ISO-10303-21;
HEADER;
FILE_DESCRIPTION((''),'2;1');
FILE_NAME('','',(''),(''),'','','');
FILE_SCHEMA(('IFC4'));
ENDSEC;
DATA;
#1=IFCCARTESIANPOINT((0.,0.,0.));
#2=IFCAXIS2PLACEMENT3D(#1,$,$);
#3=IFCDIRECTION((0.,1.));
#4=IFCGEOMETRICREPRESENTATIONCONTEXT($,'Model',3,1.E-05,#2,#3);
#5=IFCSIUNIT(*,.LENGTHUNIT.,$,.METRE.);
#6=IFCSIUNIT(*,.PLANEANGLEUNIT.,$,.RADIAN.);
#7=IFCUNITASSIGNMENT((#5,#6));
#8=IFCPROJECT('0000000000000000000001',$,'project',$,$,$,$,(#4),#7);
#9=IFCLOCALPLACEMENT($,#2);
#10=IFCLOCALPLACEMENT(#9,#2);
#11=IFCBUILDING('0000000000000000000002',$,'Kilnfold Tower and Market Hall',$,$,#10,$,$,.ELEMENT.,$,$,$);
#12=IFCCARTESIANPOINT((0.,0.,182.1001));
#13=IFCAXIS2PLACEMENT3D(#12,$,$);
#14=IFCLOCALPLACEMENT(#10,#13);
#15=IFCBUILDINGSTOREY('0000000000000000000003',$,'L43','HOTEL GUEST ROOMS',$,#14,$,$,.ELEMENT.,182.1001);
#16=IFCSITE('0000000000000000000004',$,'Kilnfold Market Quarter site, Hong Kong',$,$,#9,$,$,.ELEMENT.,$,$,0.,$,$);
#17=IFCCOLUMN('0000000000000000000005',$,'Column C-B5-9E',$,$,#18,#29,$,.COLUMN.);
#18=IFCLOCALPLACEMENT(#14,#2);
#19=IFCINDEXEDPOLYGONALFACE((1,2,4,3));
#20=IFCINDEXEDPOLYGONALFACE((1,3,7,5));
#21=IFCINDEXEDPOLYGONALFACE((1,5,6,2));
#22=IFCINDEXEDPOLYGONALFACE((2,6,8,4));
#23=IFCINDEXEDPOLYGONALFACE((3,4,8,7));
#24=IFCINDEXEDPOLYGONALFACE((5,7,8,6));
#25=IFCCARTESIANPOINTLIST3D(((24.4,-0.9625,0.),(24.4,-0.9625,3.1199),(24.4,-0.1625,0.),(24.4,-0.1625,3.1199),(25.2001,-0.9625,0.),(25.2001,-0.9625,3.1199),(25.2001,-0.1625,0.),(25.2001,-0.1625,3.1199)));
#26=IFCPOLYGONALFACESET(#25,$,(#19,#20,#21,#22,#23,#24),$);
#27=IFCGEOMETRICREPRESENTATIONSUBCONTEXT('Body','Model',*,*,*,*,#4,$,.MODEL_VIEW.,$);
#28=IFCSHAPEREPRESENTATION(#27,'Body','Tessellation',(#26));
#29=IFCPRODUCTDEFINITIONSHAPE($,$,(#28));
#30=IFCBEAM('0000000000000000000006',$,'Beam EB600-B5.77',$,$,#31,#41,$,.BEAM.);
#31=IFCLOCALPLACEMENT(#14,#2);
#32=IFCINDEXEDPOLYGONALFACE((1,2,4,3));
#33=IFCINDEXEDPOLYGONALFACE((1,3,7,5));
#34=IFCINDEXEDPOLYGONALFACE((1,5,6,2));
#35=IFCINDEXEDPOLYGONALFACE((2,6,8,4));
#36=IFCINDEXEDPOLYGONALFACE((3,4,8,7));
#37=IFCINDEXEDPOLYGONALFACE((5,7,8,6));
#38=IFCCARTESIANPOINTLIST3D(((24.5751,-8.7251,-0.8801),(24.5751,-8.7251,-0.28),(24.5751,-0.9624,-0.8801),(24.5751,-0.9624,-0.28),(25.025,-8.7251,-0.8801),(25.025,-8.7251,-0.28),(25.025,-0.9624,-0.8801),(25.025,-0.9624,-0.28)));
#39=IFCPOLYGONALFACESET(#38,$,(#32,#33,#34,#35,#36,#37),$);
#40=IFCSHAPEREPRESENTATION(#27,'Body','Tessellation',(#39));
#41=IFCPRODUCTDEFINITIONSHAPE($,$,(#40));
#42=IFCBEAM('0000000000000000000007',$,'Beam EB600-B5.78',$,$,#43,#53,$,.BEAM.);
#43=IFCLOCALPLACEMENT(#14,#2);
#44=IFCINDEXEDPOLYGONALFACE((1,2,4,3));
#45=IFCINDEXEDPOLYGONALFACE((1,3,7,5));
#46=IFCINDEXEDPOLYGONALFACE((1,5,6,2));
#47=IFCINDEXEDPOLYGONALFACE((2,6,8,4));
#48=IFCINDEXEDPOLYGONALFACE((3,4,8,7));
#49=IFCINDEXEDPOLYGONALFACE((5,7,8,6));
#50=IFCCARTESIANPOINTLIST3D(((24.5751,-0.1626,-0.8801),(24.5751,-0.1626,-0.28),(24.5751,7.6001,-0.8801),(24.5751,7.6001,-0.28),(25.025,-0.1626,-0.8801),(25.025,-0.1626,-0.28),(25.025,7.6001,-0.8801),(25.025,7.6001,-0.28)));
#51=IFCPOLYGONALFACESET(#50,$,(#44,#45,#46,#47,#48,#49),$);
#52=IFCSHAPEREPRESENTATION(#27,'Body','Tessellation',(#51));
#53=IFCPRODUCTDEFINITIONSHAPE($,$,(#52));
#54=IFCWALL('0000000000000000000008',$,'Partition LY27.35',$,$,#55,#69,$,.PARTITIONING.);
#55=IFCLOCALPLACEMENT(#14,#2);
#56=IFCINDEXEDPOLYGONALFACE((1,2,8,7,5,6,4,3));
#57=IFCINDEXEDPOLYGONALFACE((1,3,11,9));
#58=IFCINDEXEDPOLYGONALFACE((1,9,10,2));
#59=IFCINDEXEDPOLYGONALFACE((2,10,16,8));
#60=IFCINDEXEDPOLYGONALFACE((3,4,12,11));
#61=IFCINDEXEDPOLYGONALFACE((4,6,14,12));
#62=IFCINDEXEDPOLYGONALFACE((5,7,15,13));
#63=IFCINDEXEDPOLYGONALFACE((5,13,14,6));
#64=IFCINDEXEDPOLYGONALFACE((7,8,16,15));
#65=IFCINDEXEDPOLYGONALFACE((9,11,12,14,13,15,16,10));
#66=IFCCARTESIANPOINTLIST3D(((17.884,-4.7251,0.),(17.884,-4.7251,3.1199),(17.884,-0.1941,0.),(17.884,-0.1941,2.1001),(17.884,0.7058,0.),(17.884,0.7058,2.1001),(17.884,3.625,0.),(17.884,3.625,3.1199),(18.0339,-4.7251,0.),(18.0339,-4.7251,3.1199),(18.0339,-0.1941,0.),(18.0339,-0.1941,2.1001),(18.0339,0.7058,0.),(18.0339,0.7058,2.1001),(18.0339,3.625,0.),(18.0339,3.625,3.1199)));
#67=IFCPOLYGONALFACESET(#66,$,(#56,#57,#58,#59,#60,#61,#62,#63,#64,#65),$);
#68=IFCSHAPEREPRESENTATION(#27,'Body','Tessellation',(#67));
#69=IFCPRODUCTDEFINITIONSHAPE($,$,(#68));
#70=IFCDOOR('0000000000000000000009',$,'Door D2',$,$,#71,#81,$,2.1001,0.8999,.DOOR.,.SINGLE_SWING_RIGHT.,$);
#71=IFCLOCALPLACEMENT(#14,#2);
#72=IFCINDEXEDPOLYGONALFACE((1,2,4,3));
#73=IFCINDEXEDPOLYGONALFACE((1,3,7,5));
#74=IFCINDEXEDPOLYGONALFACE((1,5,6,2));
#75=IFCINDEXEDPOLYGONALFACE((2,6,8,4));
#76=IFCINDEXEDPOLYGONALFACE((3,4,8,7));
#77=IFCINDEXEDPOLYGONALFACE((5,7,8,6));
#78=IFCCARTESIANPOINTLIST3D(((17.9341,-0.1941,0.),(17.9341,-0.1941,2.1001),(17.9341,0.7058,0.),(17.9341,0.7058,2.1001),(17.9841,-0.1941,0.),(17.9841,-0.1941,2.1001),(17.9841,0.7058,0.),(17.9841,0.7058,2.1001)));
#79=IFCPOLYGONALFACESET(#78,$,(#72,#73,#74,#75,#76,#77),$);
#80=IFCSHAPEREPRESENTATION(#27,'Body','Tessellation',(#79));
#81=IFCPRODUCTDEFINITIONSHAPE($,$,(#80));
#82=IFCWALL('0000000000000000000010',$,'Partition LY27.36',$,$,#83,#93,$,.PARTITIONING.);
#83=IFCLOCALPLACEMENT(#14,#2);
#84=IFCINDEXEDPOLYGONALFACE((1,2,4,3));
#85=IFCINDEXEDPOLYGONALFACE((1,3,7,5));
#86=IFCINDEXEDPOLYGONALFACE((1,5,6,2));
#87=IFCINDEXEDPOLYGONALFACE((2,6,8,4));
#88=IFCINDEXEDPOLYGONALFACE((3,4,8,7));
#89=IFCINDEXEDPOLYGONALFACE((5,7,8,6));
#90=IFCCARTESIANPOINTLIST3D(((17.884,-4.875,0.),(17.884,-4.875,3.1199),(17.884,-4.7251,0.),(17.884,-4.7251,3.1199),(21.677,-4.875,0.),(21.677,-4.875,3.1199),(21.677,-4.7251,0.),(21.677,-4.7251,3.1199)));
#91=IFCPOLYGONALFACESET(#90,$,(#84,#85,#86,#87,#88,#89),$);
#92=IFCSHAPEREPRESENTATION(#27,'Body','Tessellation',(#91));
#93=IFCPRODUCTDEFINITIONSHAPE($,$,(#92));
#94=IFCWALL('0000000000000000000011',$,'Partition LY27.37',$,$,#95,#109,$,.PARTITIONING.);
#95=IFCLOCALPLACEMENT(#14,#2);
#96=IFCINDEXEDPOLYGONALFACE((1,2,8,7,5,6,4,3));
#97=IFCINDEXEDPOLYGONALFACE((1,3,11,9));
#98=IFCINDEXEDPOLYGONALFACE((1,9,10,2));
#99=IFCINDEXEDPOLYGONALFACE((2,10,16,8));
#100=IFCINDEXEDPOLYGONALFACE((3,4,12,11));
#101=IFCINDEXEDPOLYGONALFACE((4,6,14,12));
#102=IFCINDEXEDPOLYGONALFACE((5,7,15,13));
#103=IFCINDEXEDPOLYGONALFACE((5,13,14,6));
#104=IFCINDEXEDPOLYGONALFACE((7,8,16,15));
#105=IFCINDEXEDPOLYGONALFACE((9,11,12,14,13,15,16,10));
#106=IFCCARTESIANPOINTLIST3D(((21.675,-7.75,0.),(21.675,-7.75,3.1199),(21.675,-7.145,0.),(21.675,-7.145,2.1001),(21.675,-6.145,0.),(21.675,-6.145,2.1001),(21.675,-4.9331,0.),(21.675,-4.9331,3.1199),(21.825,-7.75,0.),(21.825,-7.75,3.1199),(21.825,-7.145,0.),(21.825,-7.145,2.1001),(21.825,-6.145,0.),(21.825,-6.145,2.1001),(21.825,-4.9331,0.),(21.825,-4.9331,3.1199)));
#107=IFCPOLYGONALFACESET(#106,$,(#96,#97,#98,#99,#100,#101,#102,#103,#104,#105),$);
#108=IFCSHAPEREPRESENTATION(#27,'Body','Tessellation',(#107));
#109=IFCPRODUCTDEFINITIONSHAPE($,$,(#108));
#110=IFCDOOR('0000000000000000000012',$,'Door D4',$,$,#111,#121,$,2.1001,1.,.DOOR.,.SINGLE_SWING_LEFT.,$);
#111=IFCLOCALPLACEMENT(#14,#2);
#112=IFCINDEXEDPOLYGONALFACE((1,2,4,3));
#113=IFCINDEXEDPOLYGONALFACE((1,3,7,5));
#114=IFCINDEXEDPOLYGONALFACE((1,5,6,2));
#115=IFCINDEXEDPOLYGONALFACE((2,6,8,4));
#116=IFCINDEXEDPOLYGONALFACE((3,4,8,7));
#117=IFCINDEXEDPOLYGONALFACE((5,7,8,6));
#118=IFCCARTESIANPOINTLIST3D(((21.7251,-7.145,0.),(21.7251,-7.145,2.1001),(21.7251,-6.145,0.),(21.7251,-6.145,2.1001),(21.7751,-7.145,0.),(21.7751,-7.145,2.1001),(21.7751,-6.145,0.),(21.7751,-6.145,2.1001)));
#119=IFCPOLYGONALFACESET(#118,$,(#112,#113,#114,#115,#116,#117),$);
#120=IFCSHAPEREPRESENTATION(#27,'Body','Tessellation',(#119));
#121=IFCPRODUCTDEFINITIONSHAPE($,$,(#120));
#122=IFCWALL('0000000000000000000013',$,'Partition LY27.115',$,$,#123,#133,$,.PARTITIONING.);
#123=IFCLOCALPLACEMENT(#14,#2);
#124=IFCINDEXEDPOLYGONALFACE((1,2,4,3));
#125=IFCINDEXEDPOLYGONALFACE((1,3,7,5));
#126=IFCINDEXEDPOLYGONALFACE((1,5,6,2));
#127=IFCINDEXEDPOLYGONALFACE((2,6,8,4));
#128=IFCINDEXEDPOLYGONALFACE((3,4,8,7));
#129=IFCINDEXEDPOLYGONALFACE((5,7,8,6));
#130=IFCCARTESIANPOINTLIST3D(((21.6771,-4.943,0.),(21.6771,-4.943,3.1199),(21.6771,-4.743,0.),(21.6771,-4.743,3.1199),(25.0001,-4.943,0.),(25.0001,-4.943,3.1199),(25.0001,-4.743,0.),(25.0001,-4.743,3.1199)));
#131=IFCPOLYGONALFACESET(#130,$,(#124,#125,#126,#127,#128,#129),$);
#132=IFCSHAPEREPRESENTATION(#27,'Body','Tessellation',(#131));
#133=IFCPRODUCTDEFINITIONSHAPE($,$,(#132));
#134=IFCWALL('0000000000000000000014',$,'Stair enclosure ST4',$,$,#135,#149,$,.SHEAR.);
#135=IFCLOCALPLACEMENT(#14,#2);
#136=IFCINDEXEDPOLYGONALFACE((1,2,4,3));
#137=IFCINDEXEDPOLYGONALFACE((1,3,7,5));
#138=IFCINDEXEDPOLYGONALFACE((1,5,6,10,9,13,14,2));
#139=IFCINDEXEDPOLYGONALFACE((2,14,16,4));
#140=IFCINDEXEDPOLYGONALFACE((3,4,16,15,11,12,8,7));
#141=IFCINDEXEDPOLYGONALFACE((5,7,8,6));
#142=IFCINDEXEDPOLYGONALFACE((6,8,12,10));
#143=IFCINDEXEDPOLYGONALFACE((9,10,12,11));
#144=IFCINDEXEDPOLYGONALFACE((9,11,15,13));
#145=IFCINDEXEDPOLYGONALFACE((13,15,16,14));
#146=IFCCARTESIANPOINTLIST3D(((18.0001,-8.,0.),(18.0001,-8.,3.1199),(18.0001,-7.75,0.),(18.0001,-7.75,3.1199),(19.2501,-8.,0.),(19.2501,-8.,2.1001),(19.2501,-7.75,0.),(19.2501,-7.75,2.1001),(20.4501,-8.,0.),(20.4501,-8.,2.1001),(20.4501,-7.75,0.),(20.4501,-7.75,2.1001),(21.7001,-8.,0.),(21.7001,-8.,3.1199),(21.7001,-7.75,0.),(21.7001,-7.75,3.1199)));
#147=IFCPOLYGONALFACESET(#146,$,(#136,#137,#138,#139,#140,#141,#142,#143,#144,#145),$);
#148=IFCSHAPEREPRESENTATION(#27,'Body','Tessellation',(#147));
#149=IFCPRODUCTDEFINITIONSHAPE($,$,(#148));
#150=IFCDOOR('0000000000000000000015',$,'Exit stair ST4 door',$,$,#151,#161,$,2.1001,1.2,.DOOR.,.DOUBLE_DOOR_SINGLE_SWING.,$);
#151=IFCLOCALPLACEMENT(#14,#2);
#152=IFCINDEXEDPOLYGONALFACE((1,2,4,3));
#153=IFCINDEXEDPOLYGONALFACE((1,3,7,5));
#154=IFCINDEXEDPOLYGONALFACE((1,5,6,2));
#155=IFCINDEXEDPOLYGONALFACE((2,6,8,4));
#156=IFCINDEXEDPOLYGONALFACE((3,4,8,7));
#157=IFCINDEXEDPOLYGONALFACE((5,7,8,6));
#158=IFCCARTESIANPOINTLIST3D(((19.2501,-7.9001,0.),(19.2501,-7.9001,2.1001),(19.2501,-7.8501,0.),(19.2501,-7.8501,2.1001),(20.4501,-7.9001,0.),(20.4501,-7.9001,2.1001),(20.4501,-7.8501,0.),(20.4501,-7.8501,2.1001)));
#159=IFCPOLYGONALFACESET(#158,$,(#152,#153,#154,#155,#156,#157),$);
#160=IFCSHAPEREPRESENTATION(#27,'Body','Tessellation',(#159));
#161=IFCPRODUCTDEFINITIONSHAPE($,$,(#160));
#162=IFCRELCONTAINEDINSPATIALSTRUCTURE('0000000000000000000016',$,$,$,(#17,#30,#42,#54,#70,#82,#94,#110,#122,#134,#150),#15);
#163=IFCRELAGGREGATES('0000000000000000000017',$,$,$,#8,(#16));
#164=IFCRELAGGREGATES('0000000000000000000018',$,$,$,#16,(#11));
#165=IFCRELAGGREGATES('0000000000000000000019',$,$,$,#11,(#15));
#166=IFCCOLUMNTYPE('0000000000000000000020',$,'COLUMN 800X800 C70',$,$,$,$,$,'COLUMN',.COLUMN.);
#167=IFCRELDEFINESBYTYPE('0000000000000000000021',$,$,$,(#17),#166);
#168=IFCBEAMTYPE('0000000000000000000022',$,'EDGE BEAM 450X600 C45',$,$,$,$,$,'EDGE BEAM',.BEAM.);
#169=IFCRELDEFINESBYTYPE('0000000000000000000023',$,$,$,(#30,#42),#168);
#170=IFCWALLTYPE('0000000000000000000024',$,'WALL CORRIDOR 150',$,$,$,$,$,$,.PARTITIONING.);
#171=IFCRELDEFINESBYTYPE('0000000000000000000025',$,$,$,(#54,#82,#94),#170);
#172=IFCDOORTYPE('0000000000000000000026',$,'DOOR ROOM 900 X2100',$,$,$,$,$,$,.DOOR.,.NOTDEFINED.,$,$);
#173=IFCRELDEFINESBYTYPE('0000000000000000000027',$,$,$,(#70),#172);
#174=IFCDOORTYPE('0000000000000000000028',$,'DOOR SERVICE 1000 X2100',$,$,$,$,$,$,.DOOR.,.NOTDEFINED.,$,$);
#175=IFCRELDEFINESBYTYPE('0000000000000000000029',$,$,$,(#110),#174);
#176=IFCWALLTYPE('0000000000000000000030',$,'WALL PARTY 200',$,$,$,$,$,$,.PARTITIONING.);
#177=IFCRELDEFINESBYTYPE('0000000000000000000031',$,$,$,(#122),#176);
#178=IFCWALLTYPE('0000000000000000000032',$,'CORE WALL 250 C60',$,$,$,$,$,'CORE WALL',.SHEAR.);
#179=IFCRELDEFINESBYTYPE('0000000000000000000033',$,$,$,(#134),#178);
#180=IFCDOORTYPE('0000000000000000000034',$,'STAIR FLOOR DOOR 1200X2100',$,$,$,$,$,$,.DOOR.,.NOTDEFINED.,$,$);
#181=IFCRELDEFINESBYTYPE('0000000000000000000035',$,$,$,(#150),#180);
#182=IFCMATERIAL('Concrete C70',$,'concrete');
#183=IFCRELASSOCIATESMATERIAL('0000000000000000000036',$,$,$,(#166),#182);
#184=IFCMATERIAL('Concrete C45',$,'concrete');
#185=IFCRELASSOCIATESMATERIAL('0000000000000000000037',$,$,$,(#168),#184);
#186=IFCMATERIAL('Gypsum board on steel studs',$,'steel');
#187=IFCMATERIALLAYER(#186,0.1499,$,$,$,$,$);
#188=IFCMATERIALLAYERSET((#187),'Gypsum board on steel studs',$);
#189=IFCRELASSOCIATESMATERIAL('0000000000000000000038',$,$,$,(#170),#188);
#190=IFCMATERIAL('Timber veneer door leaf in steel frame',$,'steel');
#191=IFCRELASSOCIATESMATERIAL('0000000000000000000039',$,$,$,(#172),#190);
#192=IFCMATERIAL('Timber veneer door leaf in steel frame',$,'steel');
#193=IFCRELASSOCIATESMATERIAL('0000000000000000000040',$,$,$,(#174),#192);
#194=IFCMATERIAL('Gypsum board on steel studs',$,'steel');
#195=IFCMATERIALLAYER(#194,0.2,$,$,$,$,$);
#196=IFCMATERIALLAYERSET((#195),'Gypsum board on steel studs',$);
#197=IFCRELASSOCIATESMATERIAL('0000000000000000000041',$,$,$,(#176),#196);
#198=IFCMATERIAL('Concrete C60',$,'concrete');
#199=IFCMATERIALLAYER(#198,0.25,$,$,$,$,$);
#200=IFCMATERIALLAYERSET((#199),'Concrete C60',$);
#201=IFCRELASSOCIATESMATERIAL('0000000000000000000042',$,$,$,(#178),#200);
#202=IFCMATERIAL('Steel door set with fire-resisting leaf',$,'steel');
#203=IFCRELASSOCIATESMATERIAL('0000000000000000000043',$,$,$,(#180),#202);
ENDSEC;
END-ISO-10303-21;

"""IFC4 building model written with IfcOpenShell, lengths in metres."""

from ifc_helpers import new_model, si_unit, direction, frame, frame_2d, origin, origin_2d, place, context, subcontext, project, spatial, rectangle, extrude, source, transform, mapped, material, layer, layer_set, material_profile, profile_set, type_object, element, fill, save


model = new_model("IFC4")

# Units and contexts
model_context = context("Model", 3, precision=1e-05, world=origin(), true_north=direction((0.0, 1.0)))
body_context = subcontext(model_context, "Body", "Model", "MODEL_VIEW")
ifc_project = project(units=[si_unit("LENGTHUNIT", "METRE"), si_unit("PLANEANGLEUNIT", "RADIAN")], contexts=[model_context])

# Site, building, storey
site_placement = place(None, origin())
site = spatial("IfcSite", under=ifc_project, at=site_placement, Name="Kilnfold Market Quarter site, Hong Kong", CompositionType="ELEMENT", RefElevation=0.0)
building_placement = place(site_placement, origin())
building = spatial("IfcBuilding", under=site, at=building_placement, Name="Kilnfold Tower and Market Hall", CompositionType="ELEMENT")
storey_placement = place(building_placement, frame((0.0, 0.0, 182.1001)))
storey = spatial("IfcBuildingStorey", under=building, at=storey_placement, Name="L43", Description="HOTEL GUEST ROOMS", CompositionType="ELEMENT", Elevation=182.1001)

# Column
ifc_material_1 = material(Name="Concrete C70", Category="concrete")
ifc_material_profile_1 = material_profile(ifc_material_1, rectangle(XDim=0.8, YDim=0.8, at=origin_2d()), Name="RC 800x800")
ifc_profile_set_1 = profile_set([ifc_material_profile_1], Name="Concrete C70")
column_type = type_object("IfcColumnType", Name="COLUMN 800X800 C70", ElementType="COLUMN", PredefinedType="COLUMN", material=ifc_profile_set_1)
shared_shape_1 = source(origin(), body_context, "Body", "SweptSolid", [
    extrude(rectangle(XDim=0.8, YDim=0.8, at=origin_2d()), origin(), (0.0, 0.0, 1.0), 3.1199),
])
column_placement = place(storey_placement, frame((24.8, -0.5625, 0.0), z_axis=(0.0, 0.0, 1.0), x_axis=(1.0, 0.0, 0.0)))
element("IfcColumn", 1, at=column_placement, inside=storey, type_object=column_type, Name="Column C-B5-9E", PredefinedType="COLUMN", context=body_context, shape_type="MappedRepresentation", body=[
    mapped(shared_shape_1, transform((0.0, 0.0, 0.0))),
])

# Beams
ifc_material_2 = material(Name="Concrete C45", Category="concrete")
ifc_material_profile_2 = material_profile(ifc_material_2, rectangle(XDim=0.45, YDim=0.6001, at=origin_2d()), Name="RC 450x600")
ifc_profile_set_2 = profile_set([ifc_material_profile_2], Name="Concrete C45")
beam_type = type_object("IfcBeamType", Name="EDGE BEAM 450X600 C45", ElementType="EDGE BEAM", PredefinedType="BEAM", material=ifc_profile_set_2)
shared_shape_2 = source(origin(), body_context, "Body", "SweptSolid", [
    extrude(rectangle(XDim=0.45, YDim=0.6001, at=origin_2d()), origin(), (0.0, 0.0, 1.0), 7.7627),
])
for number, where, z_axis, x_axis, name in (
    (2, (24.8, -8.7251, -0.5801), (0.0, 1.0, 0.0), (-1.0, 0.0, 0.0), "Beam EB600-B5.77"),
    (3, (24.8, -0.1626, -0.5801), (0.0, 1.0, 0.0), (-1.0, 0.0, 0.0), "Beam EB600-B5.78"),
):
    element("IfcBeam", number, at=place(storey_placement, frame(where, z_axis=z_axis, x_axis=x_axis)), inside=storey, type_object=beam_type, Name=name, PredefinedType="BEAM", context=body_context, shape_type="MappedRepresentation", body=[
        mapped(shared_shape_2, transform((0.0, 0.0, 0.0))),
    ])

# Wall, opening, door
ifc_material_3 = material(Name="Gypsum board on steel studs", Category="steel")
ifc_layer_1 = layer(ifc_material_3, 0.1499)
ifc_layer_set_1 = layer_set([ifc_layer_1], Name="Gypsum board on steel studs")
wall_type_1 = type_object("IfcWallType", Name="WALL CORRIDOR 150", PredefinedType="PARTITIONING", material=ifc_layer_set_1)
wall_1_placement = place(storey_placement, frame((17.959, -4.7251, 0.0), z_axis=(0.0, 0.0, 1.0), x_axis=(0.0, 1.0, 0.0)))
wall_1 = element("IfcWall", 4, at=wall_1_placement, inside=storey, type_object=wall_type_1, Name="Partition LY27.35", PredefinedType="PARTITIONING", context=body_context, shape_type="SweptSolid", body=[
    extrude(rectangle(XDim=8.3501, YDim=0.1499, at=frame_2d((4.175, 0.0))), origin(), (0.0, 0.0, 1.0), 3.1199),
])
opening_1_placement = place(wall_1_placement, frame((4.531, 0.0, 0.0)))
opening_1 = element("IfcOpeningElement", 5, at=opening_1_placement, cuts=wall_1, PredefinedType="OPENING", context=body_context, shape_type="SweptSolid", body=[
    extrude(rectangle(XDim=0.8999, YDim=2.1001, at=frame_2d((0.45, 1.05))), frame((0.0, 0.085, 0.0), z_axis=(0.0, -1.0, 0.0), x_axis=(1.0, 0.0, 0.0)), (0.0, 0.0, 1.0), 0.1699),
])
ifc_material_4 = material(Name="Timber veneer door leaf in steel frame", Category="steel")
door_type_1 = type_object("IfcDoorType", Name="DOOR ROOM 900 X2100", OperationType="NOTDEFINED", PredefinedType="DOOR", material=ifc_material_4)
door_1_placement = place(opening_1_placement, origin())
door_1 = element("IfcDoor", 6, at=door_1_placement, inside=storey, type_object=door_type_1, Name="Door D2", OperationType="SINGLE_SWING_RIGHT", OverallHeight=2.1001, OverallWidth=0.8999, PredefinedType="DOOR", context=body_context, shape_type="SweptSolid", body=[
    extrude(rectangle(XDim=0.8999, YDim=2.1001, at=frame_2d((0.45, 1.05))), frame((0.0, 0.0249, 0.0), z_axis=(0.0, -1.0, 0.0), x_axis=(1.0, 0.0, 0.0)), (0.0, 0.0, 1.0), 0.05),
])
fill(opening_1, door_1)

# Wall
wall_2_placement = place(storey_placement, frame((17.884, -4.8, 0.0), z_axis=(0.0, 0.0, 1.0), x_axis=(1.0, 0.0, 0.0)))
element("IfcWall", 7, at=wall_2_placement, inside=storey, type_object=wall_type_1, Name="Partition LY27.36", PredefinedType="PARTITIONING", context=body_context, shape_type="SweptSolid", body=[
    extrude(rectangle(XDim=3.793, YDim=0.1499, at=frame_2d((1.8965, 0.0))), origin(), (0.0, 0.0, 1.0), 3.1199),
])

# Wall, opening, door
wall_3_placement = place(storey_placement, frame((21.75, -7.75, 0.0), z_axis=(0.0, 0.0, 1.0), x_axis=(0.0, 1.0, 0.0)))
wall_3 = element("IfcWall", 8, at=wall_3_placement, inside=storey, type_object=wall_type_1, Name="Partition LY27.37", PredefinedType="PARTITIONING", context=body_context, shape_type="SweptSolid", body=[
    extrude(rectangle(XDim=2.8169, YDim=0.1499, at=frame_2d((1.4084, 0.0))), origin(), (0.0, 0.0, 1.0), 3.1199),
])
opening_2_placement = place(wall_3_placement, frame((0.605, 0.0, 0.0)))
opening_2 = element("IfcOpeningElement", 9, at=opening_2_placement, cuts=wall_3, PredefinedType="OPENING", context=body_context, shape_type="SweptSolid", body=[
    extrude(rectangle(XDim=1.0, YDim=2.1001, at=frame_2d((0.5, 1.05))), frame((0.0, 0.085, 0.0), z_axis=(0.0, -1.0, 0.0), x_axis=(1.0, 0.0, 0.0)), (0.0, 0.0, 1.0), 0.1699),
])
ifc_material_5 = material(Name="Timber veneer door leaf in steel frame", Category="steel")
door_type_2 = type_object("IfcDoorType", Name="DOOR SERVICE 1000 X2100", OperationType="NOTDEFINED", PredefinedType="DOOR", material=ifc_material_5)
door_2_placement = place(opening_2_placement, origin())
door_2 = element("IfcDoor", 10, at=door_2_placement, inside=storey, type_object=door_type_2, Name="Door D4", OperationType="SINGLE_SWING_LEFT", OverallHeight=2.1001, OverallWidth=1.0, PredefinedType="DOOR", context=body_context, shape_type="SweptSolid", body=[
    extrude(rectangle(XDim=1.0, YDim=2.1001, at=frame_2d((0.5, 1.05))), frame((0.0, 0.0249, 0.0), z_axis=(0.0, -1.0, 0.0), x_axis=(1.0, 0.0, 0.0)), (0.0, 0.0, 1.0), 0.05),
])
fill(opening_2, door_2)

# Wall
ifc_material_6 = material(Name="Gypsum board on steel studs", Category="steel")
ifc_layer_2 = layer(ifc_material_6, 0.2)
ifc_layer_set_2 = layer_set([ifc_layer_2], Name="Gypsum board on steel studs")
wall_type_2 = type_object("IfcWallType", Name="WALL PARTY 200", PredefinedType="PARTITIONING", material=ifc_layer_set_2)
wall_4_placement = place(storey_placement, frame((21.677, -4.843, 0.0), z_axis=(0.0, 0.0, 1.0), x_axis=(1.0, 0.0, 0.0)))
element("IfcWall", 11, at=wall_4_placement, inside=storey, type_object=wall_type_2, Name="Partition LY27.115", PredefinedType="PARTITIONING", context=body_context, shape_type="SweptSolid", body=[
    extrude(rectangle(XDim=3.323, YDim=0.2, at=frame_2d((1.6616, 0.0))), origin(), (0.0, 0.0, 1.0), 3.1199),
])

# Wall, opening, door
ifc_material_7 = material(Name="Concrete C60", Category="concrete")
ifc_layer_3 = layer(ifc_material_7, 0.25)
ifc_layer_set_3 = layer_set([ifc_layer_3], Name="Concrete C60")
wall_type_3 = type_object("IfcWallType", Name="CORE WALL 250 C60", ElementType="CORE WALL", PredefinedType="SHEAR", material=ifc_layer_set_3)
shared_shape_3 = source(origin(), body_context, "Body", "SweptSolid", [
    extrude(rectangle(XDim=3.7, YDim=0.25, at=frame_2d((1.8501, 0.0))), origin(), (0.0, 0.0, 1.0), 3.1199),
])
wall_5_placement = place(storey_placement, frame((18.0, -7.875, 0.0), z_axis=(0.0, 0.0, 1.0), x_axis=(1.0, 0.0, 0.0)))
wall_5 = element("IfcWall", 12, at=wall_5_placement, inside=storey, type_object=wall_type_3, Name="Stair enclosure ST4", PredefinedType="SHEAR", context=body_context, shape_type="MappedRepresentation", body=[
    mapped(shared_shape_3, transform((0.0, 0.0, 0.0))),
])
opening_3_placement = place(wall_5_placement, frame((1.25, 0.0, 0.0)))
opening_3 = element("IfcOpeningElement", 13, at=opening_3_placement, cuts=wall_5, PredefinedType="OPENING", context=body_context, shape_type="SweptSolid", body=[
    extrude(rectangle(XDim=1.2, YDim=2.1001, at=frame_2d((0.6001, 1.05))), frame((0.0, 0.135, 0.0), z_axis=(0.0, -1.0, 0.0), x_axis=(1.0, 0.0, 0.0)), (0.0, 0.0, 1.0), 0.27),
])
ifc_material_8 = material(Name="Steel door set with fire-resisting leaf", Category="steel")
door_type_3 = type_object("IfcDoorType", Name="STAIR FLOOR DOOR 1200X2100", OperationType="NOTDEFINED", PredefinedType="DOOR", material=ifc_material_8)
door_3_placement = place(opening_3_placement, origin())
door_3 = element("IfcDoor", 14, at=door_3_placement, inside=storey, type_object=door_type_3, Name="Exit stair ST4 door", OperationType="DOUBLE_DOOR_SINGLE_SWING", OverallHeight=2.1001, OverallWidth=1.2, PredefinedType="DOOR", context=body_context, shape_type="SweptSolid", body=[
    extrude(rectangle(XDim=1.2, YDim=2.1001, at=frame_2d((0.6001, 1.05))), frame((0.0, 0.0249, 0.0), z_axis=(0.0, -1.0, 0.0), x_axis=(1.0, 0.0, 0.0)), (0.0, 0.0, 1.0), 0.05),
])
fill(opening_3, door_3)

save(model, "model.ifc")
